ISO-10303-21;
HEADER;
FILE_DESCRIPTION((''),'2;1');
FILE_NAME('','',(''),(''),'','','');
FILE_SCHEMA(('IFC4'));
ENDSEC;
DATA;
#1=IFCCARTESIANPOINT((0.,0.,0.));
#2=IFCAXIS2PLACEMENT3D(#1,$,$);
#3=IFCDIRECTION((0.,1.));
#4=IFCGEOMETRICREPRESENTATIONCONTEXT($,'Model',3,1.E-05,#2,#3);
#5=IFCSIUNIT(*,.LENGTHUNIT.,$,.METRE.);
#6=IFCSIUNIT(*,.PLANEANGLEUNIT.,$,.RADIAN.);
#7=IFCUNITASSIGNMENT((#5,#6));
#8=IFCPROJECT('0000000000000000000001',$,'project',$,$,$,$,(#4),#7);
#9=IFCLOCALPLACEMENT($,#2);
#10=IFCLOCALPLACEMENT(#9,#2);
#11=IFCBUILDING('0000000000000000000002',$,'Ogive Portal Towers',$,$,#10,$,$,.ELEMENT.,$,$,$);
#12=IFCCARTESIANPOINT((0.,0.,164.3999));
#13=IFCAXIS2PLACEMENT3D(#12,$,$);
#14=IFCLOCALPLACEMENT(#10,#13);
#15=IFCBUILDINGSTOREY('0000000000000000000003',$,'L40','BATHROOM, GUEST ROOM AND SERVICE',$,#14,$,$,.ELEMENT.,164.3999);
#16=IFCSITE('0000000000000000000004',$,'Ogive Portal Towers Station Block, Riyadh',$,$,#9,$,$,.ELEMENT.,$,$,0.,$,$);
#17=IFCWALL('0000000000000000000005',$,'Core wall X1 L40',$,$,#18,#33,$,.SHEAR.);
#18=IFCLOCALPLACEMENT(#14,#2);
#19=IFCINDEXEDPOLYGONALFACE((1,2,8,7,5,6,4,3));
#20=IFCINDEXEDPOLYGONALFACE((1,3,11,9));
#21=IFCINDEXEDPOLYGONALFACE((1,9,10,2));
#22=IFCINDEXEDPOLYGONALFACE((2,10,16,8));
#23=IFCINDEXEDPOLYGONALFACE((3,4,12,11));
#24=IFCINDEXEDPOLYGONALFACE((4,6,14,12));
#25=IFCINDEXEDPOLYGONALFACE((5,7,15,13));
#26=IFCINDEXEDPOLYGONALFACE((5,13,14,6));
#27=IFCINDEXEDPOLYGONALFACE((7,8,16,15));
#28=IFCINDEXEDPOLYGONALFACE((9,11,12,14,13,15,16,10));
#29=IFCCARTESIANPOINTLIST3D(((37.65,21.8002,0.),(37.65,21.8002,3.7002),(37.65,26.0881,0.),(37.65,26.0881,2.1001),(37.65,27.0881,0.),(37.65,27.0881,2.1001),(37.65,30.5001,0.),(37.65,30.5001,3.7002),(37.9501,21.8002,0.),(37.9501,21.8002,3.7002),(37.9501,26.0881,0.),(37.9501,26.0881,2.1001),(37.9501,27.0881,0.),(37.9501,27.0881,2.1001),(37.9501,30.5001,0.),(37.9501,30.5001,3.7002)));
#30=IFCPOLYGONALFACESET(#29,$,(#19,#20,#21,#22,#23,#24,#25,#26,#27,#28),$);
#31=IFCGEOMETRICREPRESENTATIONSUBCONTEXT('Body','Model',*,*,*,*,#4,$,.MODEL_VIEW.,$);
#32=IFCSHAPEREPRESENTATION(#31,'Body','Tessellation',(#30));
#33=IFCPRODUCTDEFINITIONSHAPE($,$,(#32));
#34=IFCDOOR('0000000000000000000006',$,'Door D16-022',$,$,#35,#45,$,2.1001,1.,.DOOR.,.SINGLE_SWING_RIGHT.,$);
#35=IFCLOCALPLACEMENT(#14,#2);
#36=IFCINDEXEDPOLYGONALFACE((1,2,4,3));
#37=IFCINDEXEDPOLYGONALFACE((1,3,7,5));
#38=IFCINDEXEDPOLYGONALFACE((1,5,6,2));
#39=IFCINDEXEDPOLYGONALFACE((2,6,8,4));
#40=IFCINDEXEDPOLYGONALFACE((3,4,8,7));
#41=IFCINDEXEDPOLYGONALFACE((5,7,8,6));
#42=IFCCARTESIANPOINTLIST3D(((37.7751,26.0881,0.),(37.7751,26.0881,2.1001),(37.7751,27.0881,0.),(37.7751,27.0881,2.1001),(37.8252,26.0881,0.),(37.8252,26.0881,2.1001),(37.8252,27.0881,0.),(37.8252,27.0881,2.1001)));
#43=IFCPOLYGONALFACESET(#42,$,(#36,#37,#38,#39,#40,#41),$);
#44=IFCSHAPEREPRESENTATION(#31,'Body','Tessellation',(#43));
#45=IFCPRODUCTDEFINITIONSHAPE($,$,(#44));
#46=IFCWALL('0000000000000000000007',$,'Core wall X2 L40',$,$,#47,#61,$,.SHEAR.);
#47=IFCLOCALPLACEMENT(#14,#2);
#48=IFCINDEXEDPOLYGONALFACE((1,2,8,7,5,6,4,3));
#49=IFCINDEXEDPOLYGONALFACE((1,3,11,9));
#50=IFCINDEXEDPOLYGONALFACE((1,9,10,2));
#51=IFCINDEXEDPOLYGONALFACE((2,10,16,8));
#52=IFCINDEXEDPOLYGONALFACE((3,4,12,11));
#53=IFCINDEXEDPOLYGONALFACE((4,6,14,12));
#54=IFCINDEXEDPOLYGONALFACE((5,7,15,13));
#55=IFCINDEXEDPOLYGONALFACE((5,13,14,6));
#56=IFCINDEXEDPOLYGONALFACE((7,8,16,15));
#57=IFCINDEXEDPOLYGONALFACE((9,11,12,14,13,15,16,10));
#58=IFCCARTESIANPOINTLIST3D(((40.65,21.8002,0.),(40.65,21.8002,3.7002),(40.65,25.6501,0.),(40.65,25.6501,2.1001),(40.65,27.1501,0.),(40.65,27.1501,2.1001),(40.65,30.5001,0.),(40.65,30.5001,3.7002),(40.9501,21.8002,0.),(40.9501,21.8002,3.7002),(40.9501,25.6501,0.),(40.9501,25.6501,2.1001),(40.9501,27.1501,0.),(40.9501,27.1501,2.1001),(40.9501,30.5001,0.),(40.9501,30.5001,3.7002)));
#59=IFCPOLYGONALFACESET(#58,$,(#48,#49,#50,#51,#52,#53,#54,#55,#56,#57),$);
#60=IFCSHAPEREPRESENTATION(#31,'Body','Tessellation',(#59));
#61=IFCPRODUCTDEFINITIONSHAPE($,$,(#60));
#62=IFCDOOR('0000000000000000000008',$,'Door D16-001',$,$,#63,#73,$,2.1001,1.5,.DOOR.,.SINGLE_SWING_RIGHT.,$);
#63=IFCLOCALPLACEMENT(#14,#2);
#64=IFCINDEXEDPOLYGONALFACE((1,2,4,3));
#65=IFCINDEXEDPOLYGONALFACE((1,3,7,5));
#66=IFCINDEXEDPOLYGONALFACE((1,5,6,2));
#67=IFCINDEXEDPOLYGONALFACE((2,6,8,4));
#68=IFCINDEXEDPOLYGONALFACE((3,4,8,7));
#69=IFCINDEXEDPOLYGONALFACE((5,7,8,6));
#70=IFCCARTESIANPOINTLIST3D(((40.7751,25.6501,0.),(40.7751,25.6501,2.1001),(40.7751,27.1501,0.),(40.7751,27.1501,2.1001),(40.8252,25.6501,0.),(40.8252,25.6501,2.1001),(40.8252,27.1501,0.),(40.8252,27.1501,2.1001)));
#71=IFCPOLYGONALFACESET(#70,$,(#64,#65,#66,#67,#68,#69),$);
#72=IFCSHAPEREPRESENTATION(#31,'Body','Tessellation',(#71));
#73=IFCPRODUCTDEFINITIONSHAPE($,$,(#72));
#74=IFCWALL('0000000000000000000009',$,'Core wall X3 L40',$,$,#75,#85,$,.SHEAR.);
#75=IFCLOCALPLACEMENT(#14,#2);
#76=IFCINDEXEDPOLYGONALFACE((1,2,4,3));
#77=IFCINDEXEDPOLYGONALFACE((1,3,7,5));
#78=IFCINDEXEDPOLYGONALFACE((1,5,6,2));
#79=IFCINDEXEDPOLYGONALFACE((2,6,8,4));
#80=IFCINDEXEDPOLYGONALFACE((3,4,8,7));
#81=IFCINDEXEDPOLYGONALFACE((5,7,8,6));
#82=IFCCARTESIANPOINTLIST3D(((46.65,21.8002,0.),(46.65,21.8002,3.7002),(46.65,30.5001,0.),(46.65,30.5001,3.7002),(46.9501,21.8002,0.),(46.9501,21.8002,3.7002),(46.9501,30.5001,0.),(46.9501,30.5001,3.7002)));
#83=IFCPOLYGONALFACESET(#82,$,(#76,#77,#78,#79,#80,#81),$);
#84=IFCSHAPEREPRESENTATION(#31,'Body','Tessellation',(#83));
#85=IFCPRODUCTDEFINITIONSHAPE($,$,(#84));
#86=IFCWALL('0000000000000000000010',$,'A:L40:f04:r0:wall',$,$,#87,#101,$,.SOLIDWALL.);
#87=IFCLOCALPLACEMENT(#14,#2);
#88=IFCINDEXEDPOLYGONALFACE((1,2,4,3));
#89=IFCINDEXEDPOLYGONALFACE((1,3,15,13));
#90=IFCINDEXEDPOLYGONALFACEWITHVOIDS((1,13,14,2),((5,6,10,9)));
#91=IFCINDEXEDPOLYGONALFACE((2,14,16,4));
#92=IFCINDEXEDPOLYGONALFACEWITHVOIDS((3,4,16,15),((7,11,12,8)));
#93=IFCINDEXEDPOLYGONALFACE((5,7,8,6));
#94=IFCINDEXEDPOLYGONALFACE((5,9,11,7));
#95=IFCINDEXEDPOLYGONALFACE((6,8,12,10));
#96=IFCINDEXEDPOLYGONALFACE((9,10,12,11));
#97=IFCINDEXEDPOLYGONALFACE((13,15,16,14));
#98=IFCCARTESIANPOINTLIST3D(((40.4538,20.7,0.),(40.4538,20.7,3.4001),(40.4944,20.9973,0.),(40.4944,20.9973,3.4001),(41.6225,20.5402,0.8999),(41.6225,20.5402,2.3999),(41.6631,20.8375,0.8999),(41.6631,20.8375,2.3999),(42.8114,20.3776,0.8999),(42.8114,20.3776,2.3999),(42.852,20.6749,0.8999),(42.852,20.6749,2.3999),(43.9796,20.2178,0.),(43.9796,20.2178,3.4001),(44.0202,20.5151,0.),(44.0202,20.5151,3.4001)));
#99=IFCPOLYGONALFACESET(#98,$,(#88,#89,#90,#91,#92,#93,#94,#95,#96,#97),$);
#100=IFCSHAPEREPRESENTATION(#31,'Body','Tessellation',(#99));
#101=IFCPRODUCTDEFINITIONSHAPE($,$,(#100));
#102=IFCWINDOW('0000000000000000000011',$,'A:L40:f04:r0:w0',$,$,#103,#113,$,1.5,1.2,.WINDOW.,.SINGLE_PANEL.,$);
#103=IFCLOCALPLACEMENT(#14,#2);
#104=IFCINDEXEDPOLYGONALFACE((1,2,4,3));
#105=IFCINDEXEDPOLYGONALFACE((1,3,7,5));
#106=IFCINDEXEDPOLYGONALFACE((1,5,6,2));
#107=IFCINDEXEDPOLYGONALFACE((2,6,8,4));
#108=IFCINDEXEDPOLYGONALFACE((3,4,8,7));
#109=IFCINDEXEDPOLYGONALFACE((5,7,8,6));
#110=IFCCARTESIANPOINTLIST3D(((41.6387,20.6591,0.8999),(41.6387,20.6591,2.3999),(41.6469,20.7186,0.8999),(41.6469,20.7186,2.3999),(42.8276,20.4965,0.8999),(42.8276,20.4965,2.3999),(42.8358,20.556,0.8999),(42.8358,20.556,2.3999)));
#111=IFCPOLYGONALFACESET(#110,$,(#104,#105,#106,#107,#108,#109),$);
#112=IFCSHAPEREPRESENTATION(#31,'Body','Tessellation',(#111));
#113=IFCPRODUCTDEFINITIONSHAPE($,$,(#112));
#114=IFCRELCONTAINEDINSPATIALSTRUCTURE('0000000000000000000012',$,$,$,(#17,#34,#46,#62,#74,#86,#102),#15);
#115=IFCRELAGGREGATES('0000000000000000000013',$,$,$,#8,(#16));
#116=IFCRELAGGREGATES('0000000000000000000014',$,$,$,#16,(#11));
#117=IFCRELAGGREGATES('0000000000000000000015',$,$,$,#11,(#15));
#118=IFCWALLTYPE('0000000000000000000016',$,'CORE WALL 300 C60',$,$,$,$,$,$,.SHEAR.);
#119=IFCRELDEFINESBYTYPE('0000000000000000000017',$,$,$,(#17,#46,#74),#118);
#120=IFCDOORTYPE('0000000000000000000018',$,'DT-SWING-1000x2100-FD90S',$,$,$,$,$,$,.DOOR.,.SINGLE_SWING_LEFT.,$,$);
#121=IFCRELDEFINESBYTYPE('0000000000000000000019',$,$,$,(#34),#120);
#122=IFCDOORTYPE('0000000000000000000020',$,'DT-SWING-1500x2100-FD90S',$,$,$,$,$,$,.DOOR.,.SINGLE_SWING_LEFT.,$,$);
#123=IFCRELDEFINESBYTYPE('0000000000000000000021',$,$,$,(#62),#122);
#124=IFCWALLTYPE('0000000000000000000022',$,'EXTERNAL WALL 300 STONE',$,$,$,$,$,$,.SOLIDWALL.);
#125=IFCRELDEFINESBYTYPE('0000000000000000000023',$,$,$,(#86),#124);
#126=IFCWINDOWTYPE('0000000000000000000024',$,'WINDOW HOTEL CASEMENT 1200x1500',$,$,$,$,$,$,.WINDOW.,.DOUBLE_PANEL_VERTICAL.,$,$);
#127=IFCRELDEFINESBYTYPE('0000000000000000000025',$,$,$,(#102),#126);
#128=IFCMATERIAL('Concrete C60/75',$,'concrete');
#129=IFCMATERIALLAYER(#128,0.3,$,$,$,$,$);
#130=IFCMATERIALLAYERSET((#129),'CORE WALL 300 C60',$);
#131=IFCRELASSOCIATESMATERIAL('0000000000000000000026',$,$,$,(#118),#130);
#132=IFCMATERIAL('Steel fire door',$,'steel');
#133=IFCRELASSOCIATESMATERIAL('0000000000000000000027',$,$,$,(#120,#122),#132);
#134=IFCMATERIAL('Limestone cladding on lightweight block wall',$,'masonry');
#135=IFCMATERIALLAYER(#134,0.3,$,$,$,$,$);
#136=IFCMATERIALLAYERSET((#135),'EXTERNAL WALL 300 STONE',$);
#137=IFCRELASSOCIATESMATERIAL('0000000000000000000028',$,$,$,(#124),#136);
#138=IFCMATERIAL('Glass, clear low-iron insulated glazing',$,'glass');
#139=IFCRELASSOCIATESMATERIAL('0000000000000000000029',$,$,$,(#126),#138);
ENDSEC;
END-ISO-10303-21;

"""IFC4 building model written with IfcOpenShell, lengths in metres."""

from ifc_helpers import new_model, si_unit, direction, frame, frame_2d, origin, place, context, subcontext, project, spatial, rectangle, extrude, material, layer, layer_set, type_object, element, fill, save


model = new_model("IFC4")

# Units and contexts
model_context = context("Model", 3, precision=1e-05, world=origin(), true_north=direction((0.0, 1.0)))
body_context = subcontext(model_context, "Body", "Model", "MODEL_VIEW")
ifc_project = project(units=[si_unit("LENGTHUNIT", "METRE"), si_unit("PLANEANGLEUNIT", "RADIAN")], contexts=[model_context])

# Site, building, storey
site_placement = place(None, origin())
site = spatial("IfcSite", under=ifc_project, at=site_placement, Name="Ogive Portal Towers Station Block, Riyadh", CompositionType="ELEMENT", RefElevation=0.0)
building_placement = place(site_placement, origin())
building = spatial("IfcBuilding", under=site, at=building_placement, Name="Ogive Portal Towers", CompositionType="ELEMENT")
storey_placement = place(building_placement, frame((0.0, 0.0, 164.3999)))
storey = spatial("IfcBuildingStorey", under=building, at=storey_placement, Name="L40", Description="BATHROOM, GUEST ROOM AND SERVICE", CompositionType="ELEMENT", Elevation=164.3999)

# Walls, openings, doors
ifc_material_1 = material(Name="Concrete C60/75", Category="concrete")
ifc_layer_1 = layer(ifc_material_1, 0.3)
ifc_layer_set_1 = layer_set([ifc_layer_1], Name="CORE WALL 300 C60")
wall_type_1 = type_object("IfcWallType", Name="CORE WALL 300 C60", PredefinedType="SHEAR", material=ifc_layer_set_1)
wall_1_placement = place(storey_placement, frame((37.8, 21.8, 0.0), z_axis=(0.0, 0.0, 1.0), x_axis=(0.0, 1.0, 0.0)))
wall_1 = element("IfcWall", 1, at=wall_1_placement, inside=storey, type_object=wall_type_1, Name="Core wall X1 L40", PredefinedType="SHEAR", context=body_context, shape_type="SweptSolid", body=[
    extrude(rectangle(XDim=8.7, YDim=0.3, at=frame_2d((4.3501, 0.0))), origin(), (0.0, 0.0, 1.0), 3.7002),
])
opening_1_placement = place(wall_1_placement, frame((4.2881, 0.0, 0.0)))
opening_1 = element("IfcOpeningElement", 2, at=opening_1_placement, cuts=wall_1, PredefinedType="OPENING", context=body_context, shape_type="SweptSolid", body=[
    extrude(rectangle(XDim=1.0, YDim=2.1001, at=frame_2d((0.5, 1.05))), frame((0.0, 0.1602, 0.0), z_axis=(0.0, -1.0, 0.0), x_axis=(1.0, 0.0, 0.0)), (0.0, 0.0, 1.0), 0.3201),
])
ifc_material_2 = material(Name="Steel fire door", Category="steel")
door_type_1 = type_object("IfcDoorType", Name="DT-SWING-1000x2100-FD90S", OperationType="SINGLE_SWING_LEFT", PredefinedType="DOOR", material=ifc_material_2)
door_1_placement = place(opening_1_placement, origin())
door_1 = element("IfcDoor", 3, at=door_1_placement, inside=storey, type_object=door_type_1, Name="Door D16-022", OperationType="SINGLE_SWING_RIGHT", OverallHeight=2.1001, OverallWidth=1.0, PredefinedType="DOOR", context=body_context, shape_type="SweptSolid", body=[
    extrude(rectangle(XDim=1.0, YDim=2.1001, at=frame_2d((0.5, 1.05))), frame((0.0, 0.0249, 0.0), z_axis=(0.0, -1.0, 0.0), x_axis=(1.0, 0.0, 0.0)), (0.0, 0.0, 1.0), 0.05),
])
fill(opening_1, door_1)
wall_2_placement = place(storey_placement, frame((40.8, 21.8, 0.0), z_axis=(0.0, 0.0, 1.0), x_axis=(0.0, 1.0, 0.0)))
wall_2 = element("IfcWall", 4, at=wall_2_placement, inside=storey, type_object=wall_type_1, Name="Core wall X2 L40", PredefinedType="SHEAR", context=body_context, shape_type="SweptSolid", body=[
    extrude(rectangle(XDim=8.7, YDim=0.3, at=frame_2d((4.3501, 0.0))), origin(), (0.0, 0.0, 1.0), 3.7002),
])
opening_2_placement = place(wall_2_placement, frame((3.8501, 0.0, 0.0)))
opening_2 = element("IfcOpeningElement", 5, at=opening_2_placement, cuts=wall_2, PredefinedType="OPENING", context=body_context, shape_type="SweptSolid", body=[
    extrude(rectangle(XDim=1.5, YDim=2.1001, at=frame_2d((0.75, 1.05))), frame((0.0, 0.1602, 0.0), z_axis=(0.0, -1.0, 0.0), x_axis=(1.0, 0.0, 0.0)), (0.0, 0.0, 1.0), 0.3201),
])
door_type_2 = type_object("IfcDoorType", Name="DT-SWING-1500x2100-FD90S", OperationType="SINGLE_SWING_LEFT", PredefinedType="DOOR", material=ifc_material_2)
door_2_placement = place(opening_2_placement, origin())
door_2 = element("IfcDoor", 6, at=door_2_placement, inside=storey, type_object=door_type_2, Name="Door D16-001", OperationType="SINGLE_SWING_RIGHT", OverallHeight=2.1001, OverallWidth=1.5, PredefinedType="DOOR", context=body_context, shape_type="SweptSolid", body=[
    extrude(rectangle(XDim=1.5, YDim=2.1001, at=frame_2d((0.75, 1.05))), frame((0.0, 0.0249, 0.0), z_axis=(0.0, -1.0, 0.0), x_axis=(1.0, 0.0, 0.0)), (0.0, 0.0, 1.0), 0.05),
])
fill(opening_2, door_2)

# Wall
wall_3_placement = place(storey_placement, frame((46.8, 21.8, 0.0), z_axis=(0.0, 0.0, 1.0), x_axis=(0.0, 1.0, 0.0)))
element("IfcWall", 7, at=wall_3_placement, inside=storey, type_object=wall_type_1, Name="Core wall X3 L40", PredefinedType="SHEAR", context=body_context, shape_type="SweptSolid", body=[
    extrude(rectangle(XDim=8.7, YDim=0.3, at=frame_2d((4.3501, 0.0))), origin(), (0.0, 0.0, 1.0), 3.7002),
])

# Wall, opening, window
ifc_material_3 = material(Name="Limestone cladding on lightweight block wall", Category="masonry")
ifc_layer_2 = layer(ifc_material_3, 0.3)
ifc_layer_set_2 = layer_set([ifc_layer_2], Name="EXTERNAL WALL 300 STONE")
wall_type_2 = type_object("IfcWallType", Name="EXTERNAL WALL 300 STONE", PredefinedType="SOLIDWALL", material=ifc_layer_set_2)
wall_4_placement = place(storey_placement, frame((40.4741, 20.8486, 0.0), z_axis=(0.0, 0.0, 1.0), x_axis=(0.990778, -0.135493, 0.0)))
wall_4 = element("IfcWall", 8, at=wall_4_placement, inside=storey, type_object=wall_type_2, Name="A:L40:f04:r0:wall", PredefinedType="SOLIDWALL", context=body_context, shape_type="SweptSolid", body=[
    extrude(rectangle(XDim=3.5586, YDim=0.3, at=frame_2d((1.7793, 0.0))), origin(), (0.0, 0.0, 1.0), 3.4001),
])
opening_3_placement = place(wall_4_placement, frame((1.1794, 0.0, 0.8999)))
opening_3 = element("IfcOpeningElement", 9, at=opening_3_placement, cuts=wall_4, PredefinedType="OPENING", context=body_context, shape_type="SweptSolid", body=[
    extrude(rectangle(XDim=1.2, YDim=1.5, at=frame_2d((0.6001, 0.75))), frame((0.0, 0.1602, 0.0), z_axis=(0.0, -1.0, 0.0), x_axis=(1.0, 0.0, 0.0)), (0.0, 0.0, 1.0), 0.3201),
])
ifc_material_4 = material(Name="Glass, clear low-iron insulated glazing", Category="glass")
window_type_1 = type_object("IfcWindowType", Name="WINDOW HOTEL CASEMENT 1200x1500", PartitioningType="DOUBLE_PANEL_VERTICAL", PredefinedType="WINDOW", material=ifc_material_4)
window_1_placement = place(opening_3_placement, origin())
window_1 = element("IfcWindow", 10, at=window_1_placement, inside=storey, type_object=window_type_1, Name="A:L40:f04:r0:w0", OverallHeight=1.5, OverallWidth=1.2, PartitioningType="SINGLE_PANEL", PredefinedType="WINDOW", context=body_context, shape_type="SweptSolid", body=[
    extrude(rectangle(XDim=1.2, YDim=1.5, at=frame_2d((0.6001, 0.75))), frame((0.0, 0.03, 0.0), z_axis=(0.0, -1.0, 0.0), x_axis=(1.0, 0.0, 0.0)), (0.0, 0.0, 1.0), 0.0601),
])
fill(opening_3, window_1)

save(model, "model.ifc")
